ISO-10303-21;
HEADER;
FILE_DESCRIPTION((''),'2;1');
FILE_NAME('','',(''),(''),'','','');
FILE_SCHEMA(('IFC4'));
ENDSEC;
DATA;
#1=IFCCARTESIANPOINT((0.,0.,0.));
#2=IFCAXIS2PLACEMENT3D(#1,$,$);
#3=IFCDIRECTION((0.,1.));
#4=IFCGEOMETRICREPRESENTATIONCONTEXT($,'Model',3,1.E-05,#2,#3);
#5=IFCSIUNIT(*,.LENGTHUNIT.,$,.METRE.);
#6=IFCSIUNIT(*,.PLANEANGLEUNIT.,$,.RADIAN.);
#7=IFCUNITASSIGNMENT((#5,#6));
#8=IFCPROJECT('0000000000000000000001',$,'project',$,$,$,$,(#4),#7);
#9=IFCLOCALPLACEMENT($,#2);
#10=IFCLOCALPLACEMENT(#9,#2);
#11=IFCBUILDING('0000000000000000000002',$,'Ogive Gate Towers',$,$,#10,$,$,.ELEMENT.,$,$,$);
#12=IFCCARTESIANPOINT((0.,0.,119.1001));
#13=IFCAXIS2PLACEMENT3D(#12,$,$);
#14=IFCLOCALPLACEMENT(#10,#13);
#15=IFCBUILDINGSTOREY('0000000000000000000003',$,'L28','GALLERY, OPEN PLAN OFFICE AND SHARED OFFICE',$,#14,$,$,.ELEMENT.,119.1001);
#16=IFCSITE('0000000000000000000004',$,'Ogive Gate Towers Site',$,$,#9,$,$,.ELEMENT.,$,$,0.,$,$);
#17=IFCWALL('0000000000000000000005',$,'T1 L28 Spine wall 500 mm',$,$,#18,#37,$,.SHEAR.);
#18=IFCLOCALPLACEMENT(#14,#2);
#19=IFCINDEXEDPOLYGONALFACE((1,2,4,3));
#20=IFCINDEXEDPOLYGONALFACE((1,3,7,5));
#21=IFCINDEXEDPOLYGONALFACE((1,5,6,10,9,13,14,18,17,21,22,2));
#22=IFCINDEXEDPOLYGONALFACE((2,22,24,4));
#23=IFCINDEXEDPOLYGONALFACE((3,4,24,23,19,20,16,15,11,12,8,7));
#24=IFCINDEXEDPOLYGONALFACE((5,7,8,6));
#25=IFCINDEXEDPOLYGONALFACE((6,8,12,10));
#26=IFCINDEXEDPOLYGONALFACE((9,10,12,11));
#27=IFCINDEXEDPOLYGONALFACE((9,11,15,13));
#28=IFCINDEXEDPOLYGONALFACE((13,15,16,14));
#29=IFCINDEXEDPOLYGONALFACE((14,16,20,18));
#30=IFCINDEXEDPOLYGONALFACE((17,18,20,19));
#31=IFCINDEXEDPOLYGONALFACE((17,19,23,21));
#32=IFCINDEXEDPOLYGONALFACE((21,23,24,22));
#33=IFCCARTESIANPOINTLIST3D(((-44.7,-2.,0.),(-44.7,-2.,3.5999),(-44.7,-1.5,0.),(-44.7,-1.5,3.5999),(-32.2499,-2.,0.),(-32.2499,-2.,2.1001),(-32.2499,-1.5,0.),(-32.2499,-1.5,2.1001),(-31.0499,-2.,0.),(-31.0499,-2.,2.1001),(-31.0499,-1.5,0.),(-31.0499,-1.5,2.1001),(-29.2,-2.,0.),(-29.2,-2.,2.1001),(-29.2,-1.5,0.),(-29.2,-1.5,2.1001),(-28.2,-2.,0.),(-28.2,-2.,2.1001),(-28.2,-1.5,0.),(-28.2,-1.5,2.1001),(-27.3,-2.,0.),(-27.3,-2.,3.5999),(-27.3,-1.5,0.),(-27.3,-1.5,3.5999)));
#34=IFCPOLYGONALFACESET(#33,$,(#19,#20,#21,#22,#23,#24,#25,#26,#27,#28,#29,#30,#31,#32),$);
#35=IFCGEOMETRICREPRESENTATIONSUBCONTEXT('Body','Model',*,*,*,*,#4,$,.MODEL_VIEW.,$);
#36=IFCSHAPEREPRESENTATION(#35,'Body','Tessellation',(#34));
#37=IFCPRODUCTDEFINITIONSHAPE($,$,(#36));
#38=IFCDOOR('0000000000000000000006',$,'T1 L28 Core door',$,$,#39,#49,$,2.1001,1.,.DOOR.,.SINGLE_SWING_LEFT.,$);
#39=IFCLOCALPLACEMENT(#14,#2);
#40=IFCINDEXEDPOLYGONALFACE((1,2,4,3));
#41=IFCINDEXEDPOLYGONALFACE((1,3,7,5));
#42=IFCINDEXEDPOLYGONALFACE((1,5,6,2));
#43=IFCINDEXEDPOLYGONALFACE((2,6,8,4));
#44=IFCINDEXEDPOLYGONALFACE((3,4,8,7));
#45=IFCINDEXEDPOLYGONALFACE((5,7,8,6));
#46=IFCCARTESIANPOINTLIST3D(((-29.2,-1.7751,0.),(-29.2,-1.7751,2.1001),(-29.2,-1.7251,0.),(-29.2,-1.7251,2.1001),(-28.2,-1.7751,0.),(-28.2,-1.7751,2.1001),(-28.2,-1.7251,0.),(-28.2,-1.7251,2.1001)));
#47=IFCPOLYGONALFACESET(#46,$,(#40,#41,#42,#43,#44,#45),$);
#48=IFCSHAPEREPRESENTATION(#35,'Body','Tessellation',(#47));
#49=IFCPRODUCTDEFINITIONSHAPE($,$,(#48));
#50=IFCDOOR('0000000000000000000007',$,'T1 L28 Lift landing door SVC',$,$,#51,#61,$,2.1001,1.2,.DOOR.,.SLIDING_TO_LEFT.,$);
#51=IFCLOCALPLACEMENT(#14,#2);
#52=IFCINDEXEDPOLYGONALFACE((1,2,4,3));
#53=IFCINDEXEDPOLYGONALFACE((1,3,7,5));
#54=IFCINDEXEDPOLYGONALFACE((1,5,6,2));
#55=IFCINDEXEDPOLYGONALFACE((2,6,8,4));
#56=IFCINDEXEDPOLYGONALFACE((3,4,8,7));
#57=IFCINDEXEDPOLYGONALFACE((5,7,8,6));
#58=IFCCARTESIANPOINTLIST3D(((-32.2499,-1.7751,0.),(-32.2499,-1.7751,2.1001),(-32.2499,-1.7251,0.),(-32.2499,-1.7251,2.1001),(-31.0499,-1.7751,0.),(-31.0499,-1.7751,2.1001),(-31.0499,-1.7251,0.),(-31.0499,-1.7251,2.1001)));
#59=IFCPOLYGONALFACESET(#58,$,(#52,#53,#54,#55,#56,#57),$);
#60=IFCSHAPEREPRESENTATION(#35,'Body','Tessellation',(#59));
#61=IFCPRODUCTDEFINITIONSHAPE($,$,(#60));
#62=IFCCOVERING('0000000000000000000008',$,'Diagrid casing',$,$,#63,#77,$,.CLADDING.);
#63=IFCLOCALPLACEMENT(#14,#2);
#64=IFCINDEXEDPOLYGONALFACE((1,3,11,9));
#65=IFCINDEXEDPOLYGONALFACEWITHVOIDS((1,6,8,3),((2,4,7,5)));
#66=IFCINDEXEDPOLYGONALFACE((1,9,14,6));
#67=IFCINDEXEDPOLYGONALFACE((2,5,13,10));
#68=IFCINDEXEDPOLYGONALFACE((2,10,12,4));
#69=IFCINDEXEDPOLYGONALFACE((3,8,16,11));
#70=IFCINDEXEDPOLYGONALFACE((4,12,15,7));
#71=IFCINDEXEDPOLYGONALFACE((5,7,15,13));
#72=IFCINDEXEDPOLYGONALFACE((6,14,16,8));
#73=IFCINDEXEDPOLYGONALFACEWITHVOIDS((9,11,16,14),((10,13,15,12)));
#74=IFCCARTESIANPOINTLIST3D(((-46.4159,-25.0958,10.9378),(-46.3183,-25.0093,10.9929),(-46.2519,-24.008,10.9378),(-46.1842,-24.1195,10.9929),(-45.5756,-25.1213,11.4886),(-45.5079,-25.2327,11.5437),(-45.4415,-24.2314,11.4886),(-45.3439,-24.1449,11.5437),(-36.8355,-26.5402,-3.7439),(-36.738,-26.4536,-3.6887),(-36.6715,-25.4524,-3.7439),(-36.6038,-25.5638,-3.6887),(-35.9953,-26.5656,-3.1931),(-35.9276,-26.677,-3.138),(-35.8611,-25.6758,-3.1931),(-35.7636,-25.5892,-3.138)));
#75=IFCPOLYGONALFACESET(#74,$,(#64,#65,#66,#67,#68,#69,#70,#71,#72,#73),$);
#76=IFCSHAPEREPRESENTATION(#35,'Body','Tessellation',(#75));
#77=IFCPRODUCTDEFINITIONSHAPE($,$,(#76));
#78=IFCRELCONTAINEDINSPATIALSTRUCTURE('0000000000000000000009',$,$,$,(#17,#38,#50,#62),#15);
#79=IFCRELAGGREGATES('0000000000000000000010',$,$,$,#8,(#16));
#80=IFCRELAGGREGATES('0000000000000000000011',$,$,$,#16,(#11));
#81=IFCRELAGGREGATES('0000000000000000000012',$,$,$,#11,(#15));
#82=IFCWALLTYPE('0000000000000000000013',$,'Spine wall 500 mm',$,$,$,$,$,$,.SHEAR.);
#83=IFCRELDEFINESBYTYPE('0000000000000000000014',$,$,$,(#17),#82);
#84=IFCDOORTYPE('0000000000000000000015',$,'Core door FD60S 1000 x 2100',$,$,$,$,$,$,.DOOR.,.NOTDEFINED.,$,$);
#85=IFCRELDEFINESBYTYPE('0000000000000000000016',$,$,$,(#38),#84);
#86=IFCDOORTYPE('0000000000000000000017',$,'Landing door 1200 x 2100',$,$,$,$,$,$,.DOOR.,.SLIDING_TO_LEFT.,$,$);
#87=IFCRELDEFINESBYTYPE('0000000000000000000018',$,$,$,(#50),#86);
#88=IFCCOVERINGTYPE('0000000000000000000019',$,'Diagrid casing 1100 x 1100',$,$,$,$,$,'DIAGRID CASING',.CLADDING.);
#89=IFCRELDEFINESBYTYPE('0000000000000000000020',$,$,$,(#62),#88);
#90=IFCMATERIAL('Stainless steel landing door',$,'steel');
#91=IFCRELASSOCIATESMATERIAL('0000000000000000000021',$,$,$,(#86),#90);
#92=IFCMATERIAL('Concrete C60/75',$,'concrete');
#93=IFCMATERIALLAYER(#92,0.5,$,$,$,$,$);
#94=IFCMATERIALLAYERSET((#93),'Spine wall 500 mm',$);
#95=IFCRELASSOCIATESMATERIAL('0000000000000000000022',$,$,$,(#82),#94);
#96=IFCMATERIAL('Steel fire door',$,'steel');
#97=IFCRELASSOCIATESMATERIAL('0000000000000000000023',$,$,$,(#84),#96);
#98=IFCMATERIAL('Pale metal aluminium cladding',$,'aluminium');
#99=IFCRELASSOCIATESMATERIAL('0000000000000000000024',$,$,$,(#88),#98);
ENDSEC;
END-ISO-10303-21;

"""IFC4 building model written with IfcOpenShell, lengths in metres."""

from ifc_helpers import new_model, si_unit, direction, frame, frame_2d, origin, origin_2d, place, context, subcontext, project, spatial, rectangle, hollow_rectangle, extrude, material, layer, layer_set, material_profile, profile_set, type_object, element, fill, save


model = new_model("IFC4")

# Units and contexts
model_context = context("Model", 3, precision=1e-05, world=origin(), true_north=direction((0.0, 1.0)))
body_context = subcontext(model_context, "Body", "Model", "MODEL_VIEW")
ifc_project = project(units=[si_unit("LENGTHUNIT", "METRE"), si_unit("PLANEANGLEUNIT", "RADIAN")], contexts=[model_context])

# Site, building, storey
site_placement = place(None, origin())
site = spatial("IfcSite", under=ifc_project, at=site_placement, Name="Ogive Gate Towers Site", CompositionType="ELEMENT", RefElevation=0.0)
building_placement = place(site_placement, origin())
building = spatial("IfcBuilding", under=site, at=building_placement, Name="Ogive Gate Towers", CompositionType="ELEMENT")
storey_placement = place(building_placement, frame((0.0, 0.0, 119.1001)))
storey = spatial("IfcBuildingStorey", under=building, at=storey_placement, Name="L28", Description="GALLERY, OPEN PLAN OFFICE AND SHARED OFFICE", CompositionType="ELEMENT", Elevation=119.1001)

# Shared definitions
ifc_material_1 = material(Name="Concrete C60/75", Category="concrete")
ifc_material_2 = material(Name="Steel fire door", Category="steel")

# Shared definitions
ifc_material_3 = material(Name="Stainless steel landing door", Category="steel")
door_type_1 = type_object("IfcDoorType", Name="Landing door 1200 x 2100", OperationType="SLIDING_TO_LEFT", PredefinedType="DOOR", material=ifc_material_3)

# Wall, openings, doors
ifc_layer_1 = layer(ifc_material_1, 0.5)
ifc_layer_set_1 = layer_set([ifc_layer_1], Name="Spine wall 500 mm")
wall_type_1 = type_object("IfcWallType", Name="Spine wall 500 mm", PredefinedType="SHEAR", material=ifc_layer_set_1)
wall_1_placement = place(storey_placement, frame((-44.7, -1.75, 0.0), z_axis=(0.0, 0.0, 1.0), x_axis=(1.0, 0.0, 0.0)))
wall_1 = element("IfcWall", 1, at=wall_1_placement, inside=storey, type_object=wall_type_1, Name="T1 L28 Spine wall 500 mm", PredefinedType="SHEAR", context=body_context, shape_type="SweptSolid", body=[
    extrude(rectangle(XDim=17.3999, YDim=0.5, at=frame_2d((8.7, 0.0))), origin(), (0.0, 0.0, 1.0), 3.5999),
])
opening_1_placement = place(wall_1_placement, frame((12.45, 0.0, 0.0)))
opening_1 = element("IfcOpeningElement", 2, at=opening_1_placement, cuts=wall_1, PredefinedType="OPENING", context=body_context, shape_type="SweptSolid", body=[
    extrude(rectangle(XDim=1.2, YDim=2.1001, at=frame_2d((0.6001, 1.05))), frame((0.0, 0.26, 0.0), z_axis=(0.0, -1.0, 0.0), x_axis=(1.0, 0.0, 0.0)), (0.0, 0.0, 1.0), 0.52),
])
opening_2_placement = place(wall_1_placement, frame((15.5, 0.0, 0.0)))
opening_2 = element("IfcOpeningElement", 3, at=opening_2_placement, cuts=wall_1, PredefinedType="OPENING", context=body_context, shape_type="SweptSolid", body=[
    extrude(rectangle(XDim=1.0, YDim=2.1001, at=frame_2d((0.5, 1.05))), frame((0.0, 0.26, 0.0), z_axis=(0.0, -1.0, 0.0), x_axis=(1.0, 0.0, 0.0)), (0.0, 0.0, 1.0), 0.52),
])
door_type_2 = type_object("IfcDoorType", Name="Core door FD60S 1000 x 2100", OperationType="NOTDEFINED", PredefinedType="DOOR", material=ifc_material_2)
door_1_placement = place(opening_2_placement, origin())
door_1 = element("IfcDoor", 4, at=door_1_placement, inside=storey, type_object=door_type_2, Name="T1 L28 Core door", OperationType="SINGLE_SWING_LEFT", OverallHeight=2.1001, OverallWidth=1.0, PredefinedType="DOOR", context=body_context, shape_type="SweptSolid", body=[
    extrude(rectangle(XDim=1.0, YDim=2.1001, at=frame_2d((0.5, 1.05))), frame((0.0, 0.0249, 0.0), z_axis=(0.0, -1.0, 0.0), x_axis=(1.0, 0.0, 0.0)), (0.0, 0.0, 1.0), 0.05),
])
fill(opening_2, door_1)
door_2_placement = place(opening_1_placement, origin())
door_2 = element("IfcDoor", 5, at=door_2_placement, inside=storey, type_object=door_type_1, Name="T1 L28 Lift landing door SVC", OperationType="SLIDING_TO_LEFT", OverallHeight=2.1001, OverallWidth=1.2, PredefinedType="DOOR", context=body_context, shape_type="SweptSolid", body=[
    extrude(rectangle(XDim=1.2, YDim=2.1001, at=frame_2d((0.6001, 1.05))), frame((0.0, 0.0249, 0.0), z_axis=(0.0, -1.0, 0.0), x_axis=(1.0, 0.0, 0.0)), (0.0, 0.0, 1.0), 0.05),
])
fill(opening_1, door_2)

# Covering
ifc_material_4 = material(Name="Pale metal aluminium cladding", Category="aluminium")
ifc_material_profile_1 = material_profile(ifc_material_4, hollow_rectangle(XDim=1.1001, YDim=1.1001, WallThickness=0.1001, at=origin_2d()), Name="1100 x 1100 pale metal casing")
ifc_profile_set_1 = profile_set([ifc_material_profile_1], Name="Pale metal aluminium cladding")
covering_type = type_object("IfcCoveringType", Name="Diagrid casing 1100 x 1100", ElementType="DIAGRID CASING", PredefinedType="CLADDING", material=ifc_profile_set_1)
covering_placement = place(storey_placement, frame((-36.2996, -26.0647, -3.4409), z_axis=(-0.544636, 0.08211, 0.834643), x_axis=(-0.149076, -0.988826, 0.0)))
element("IfcCovering", 6, at=covering_placement, inside=storey, type_object=covering_type, Name="Diagrid casing", PredefinedType="CLADDING", context=body_context, shape_type="SweptSolid", body=[
    extrude(hollow_rectangle(XDim=1.1001, YDim=1.1001, WallThickness=0.1001, at=origin_2d()), origin(), (0.0, 0.0, 1.0), 17.5903),
])

save(model, "model.ifc")
